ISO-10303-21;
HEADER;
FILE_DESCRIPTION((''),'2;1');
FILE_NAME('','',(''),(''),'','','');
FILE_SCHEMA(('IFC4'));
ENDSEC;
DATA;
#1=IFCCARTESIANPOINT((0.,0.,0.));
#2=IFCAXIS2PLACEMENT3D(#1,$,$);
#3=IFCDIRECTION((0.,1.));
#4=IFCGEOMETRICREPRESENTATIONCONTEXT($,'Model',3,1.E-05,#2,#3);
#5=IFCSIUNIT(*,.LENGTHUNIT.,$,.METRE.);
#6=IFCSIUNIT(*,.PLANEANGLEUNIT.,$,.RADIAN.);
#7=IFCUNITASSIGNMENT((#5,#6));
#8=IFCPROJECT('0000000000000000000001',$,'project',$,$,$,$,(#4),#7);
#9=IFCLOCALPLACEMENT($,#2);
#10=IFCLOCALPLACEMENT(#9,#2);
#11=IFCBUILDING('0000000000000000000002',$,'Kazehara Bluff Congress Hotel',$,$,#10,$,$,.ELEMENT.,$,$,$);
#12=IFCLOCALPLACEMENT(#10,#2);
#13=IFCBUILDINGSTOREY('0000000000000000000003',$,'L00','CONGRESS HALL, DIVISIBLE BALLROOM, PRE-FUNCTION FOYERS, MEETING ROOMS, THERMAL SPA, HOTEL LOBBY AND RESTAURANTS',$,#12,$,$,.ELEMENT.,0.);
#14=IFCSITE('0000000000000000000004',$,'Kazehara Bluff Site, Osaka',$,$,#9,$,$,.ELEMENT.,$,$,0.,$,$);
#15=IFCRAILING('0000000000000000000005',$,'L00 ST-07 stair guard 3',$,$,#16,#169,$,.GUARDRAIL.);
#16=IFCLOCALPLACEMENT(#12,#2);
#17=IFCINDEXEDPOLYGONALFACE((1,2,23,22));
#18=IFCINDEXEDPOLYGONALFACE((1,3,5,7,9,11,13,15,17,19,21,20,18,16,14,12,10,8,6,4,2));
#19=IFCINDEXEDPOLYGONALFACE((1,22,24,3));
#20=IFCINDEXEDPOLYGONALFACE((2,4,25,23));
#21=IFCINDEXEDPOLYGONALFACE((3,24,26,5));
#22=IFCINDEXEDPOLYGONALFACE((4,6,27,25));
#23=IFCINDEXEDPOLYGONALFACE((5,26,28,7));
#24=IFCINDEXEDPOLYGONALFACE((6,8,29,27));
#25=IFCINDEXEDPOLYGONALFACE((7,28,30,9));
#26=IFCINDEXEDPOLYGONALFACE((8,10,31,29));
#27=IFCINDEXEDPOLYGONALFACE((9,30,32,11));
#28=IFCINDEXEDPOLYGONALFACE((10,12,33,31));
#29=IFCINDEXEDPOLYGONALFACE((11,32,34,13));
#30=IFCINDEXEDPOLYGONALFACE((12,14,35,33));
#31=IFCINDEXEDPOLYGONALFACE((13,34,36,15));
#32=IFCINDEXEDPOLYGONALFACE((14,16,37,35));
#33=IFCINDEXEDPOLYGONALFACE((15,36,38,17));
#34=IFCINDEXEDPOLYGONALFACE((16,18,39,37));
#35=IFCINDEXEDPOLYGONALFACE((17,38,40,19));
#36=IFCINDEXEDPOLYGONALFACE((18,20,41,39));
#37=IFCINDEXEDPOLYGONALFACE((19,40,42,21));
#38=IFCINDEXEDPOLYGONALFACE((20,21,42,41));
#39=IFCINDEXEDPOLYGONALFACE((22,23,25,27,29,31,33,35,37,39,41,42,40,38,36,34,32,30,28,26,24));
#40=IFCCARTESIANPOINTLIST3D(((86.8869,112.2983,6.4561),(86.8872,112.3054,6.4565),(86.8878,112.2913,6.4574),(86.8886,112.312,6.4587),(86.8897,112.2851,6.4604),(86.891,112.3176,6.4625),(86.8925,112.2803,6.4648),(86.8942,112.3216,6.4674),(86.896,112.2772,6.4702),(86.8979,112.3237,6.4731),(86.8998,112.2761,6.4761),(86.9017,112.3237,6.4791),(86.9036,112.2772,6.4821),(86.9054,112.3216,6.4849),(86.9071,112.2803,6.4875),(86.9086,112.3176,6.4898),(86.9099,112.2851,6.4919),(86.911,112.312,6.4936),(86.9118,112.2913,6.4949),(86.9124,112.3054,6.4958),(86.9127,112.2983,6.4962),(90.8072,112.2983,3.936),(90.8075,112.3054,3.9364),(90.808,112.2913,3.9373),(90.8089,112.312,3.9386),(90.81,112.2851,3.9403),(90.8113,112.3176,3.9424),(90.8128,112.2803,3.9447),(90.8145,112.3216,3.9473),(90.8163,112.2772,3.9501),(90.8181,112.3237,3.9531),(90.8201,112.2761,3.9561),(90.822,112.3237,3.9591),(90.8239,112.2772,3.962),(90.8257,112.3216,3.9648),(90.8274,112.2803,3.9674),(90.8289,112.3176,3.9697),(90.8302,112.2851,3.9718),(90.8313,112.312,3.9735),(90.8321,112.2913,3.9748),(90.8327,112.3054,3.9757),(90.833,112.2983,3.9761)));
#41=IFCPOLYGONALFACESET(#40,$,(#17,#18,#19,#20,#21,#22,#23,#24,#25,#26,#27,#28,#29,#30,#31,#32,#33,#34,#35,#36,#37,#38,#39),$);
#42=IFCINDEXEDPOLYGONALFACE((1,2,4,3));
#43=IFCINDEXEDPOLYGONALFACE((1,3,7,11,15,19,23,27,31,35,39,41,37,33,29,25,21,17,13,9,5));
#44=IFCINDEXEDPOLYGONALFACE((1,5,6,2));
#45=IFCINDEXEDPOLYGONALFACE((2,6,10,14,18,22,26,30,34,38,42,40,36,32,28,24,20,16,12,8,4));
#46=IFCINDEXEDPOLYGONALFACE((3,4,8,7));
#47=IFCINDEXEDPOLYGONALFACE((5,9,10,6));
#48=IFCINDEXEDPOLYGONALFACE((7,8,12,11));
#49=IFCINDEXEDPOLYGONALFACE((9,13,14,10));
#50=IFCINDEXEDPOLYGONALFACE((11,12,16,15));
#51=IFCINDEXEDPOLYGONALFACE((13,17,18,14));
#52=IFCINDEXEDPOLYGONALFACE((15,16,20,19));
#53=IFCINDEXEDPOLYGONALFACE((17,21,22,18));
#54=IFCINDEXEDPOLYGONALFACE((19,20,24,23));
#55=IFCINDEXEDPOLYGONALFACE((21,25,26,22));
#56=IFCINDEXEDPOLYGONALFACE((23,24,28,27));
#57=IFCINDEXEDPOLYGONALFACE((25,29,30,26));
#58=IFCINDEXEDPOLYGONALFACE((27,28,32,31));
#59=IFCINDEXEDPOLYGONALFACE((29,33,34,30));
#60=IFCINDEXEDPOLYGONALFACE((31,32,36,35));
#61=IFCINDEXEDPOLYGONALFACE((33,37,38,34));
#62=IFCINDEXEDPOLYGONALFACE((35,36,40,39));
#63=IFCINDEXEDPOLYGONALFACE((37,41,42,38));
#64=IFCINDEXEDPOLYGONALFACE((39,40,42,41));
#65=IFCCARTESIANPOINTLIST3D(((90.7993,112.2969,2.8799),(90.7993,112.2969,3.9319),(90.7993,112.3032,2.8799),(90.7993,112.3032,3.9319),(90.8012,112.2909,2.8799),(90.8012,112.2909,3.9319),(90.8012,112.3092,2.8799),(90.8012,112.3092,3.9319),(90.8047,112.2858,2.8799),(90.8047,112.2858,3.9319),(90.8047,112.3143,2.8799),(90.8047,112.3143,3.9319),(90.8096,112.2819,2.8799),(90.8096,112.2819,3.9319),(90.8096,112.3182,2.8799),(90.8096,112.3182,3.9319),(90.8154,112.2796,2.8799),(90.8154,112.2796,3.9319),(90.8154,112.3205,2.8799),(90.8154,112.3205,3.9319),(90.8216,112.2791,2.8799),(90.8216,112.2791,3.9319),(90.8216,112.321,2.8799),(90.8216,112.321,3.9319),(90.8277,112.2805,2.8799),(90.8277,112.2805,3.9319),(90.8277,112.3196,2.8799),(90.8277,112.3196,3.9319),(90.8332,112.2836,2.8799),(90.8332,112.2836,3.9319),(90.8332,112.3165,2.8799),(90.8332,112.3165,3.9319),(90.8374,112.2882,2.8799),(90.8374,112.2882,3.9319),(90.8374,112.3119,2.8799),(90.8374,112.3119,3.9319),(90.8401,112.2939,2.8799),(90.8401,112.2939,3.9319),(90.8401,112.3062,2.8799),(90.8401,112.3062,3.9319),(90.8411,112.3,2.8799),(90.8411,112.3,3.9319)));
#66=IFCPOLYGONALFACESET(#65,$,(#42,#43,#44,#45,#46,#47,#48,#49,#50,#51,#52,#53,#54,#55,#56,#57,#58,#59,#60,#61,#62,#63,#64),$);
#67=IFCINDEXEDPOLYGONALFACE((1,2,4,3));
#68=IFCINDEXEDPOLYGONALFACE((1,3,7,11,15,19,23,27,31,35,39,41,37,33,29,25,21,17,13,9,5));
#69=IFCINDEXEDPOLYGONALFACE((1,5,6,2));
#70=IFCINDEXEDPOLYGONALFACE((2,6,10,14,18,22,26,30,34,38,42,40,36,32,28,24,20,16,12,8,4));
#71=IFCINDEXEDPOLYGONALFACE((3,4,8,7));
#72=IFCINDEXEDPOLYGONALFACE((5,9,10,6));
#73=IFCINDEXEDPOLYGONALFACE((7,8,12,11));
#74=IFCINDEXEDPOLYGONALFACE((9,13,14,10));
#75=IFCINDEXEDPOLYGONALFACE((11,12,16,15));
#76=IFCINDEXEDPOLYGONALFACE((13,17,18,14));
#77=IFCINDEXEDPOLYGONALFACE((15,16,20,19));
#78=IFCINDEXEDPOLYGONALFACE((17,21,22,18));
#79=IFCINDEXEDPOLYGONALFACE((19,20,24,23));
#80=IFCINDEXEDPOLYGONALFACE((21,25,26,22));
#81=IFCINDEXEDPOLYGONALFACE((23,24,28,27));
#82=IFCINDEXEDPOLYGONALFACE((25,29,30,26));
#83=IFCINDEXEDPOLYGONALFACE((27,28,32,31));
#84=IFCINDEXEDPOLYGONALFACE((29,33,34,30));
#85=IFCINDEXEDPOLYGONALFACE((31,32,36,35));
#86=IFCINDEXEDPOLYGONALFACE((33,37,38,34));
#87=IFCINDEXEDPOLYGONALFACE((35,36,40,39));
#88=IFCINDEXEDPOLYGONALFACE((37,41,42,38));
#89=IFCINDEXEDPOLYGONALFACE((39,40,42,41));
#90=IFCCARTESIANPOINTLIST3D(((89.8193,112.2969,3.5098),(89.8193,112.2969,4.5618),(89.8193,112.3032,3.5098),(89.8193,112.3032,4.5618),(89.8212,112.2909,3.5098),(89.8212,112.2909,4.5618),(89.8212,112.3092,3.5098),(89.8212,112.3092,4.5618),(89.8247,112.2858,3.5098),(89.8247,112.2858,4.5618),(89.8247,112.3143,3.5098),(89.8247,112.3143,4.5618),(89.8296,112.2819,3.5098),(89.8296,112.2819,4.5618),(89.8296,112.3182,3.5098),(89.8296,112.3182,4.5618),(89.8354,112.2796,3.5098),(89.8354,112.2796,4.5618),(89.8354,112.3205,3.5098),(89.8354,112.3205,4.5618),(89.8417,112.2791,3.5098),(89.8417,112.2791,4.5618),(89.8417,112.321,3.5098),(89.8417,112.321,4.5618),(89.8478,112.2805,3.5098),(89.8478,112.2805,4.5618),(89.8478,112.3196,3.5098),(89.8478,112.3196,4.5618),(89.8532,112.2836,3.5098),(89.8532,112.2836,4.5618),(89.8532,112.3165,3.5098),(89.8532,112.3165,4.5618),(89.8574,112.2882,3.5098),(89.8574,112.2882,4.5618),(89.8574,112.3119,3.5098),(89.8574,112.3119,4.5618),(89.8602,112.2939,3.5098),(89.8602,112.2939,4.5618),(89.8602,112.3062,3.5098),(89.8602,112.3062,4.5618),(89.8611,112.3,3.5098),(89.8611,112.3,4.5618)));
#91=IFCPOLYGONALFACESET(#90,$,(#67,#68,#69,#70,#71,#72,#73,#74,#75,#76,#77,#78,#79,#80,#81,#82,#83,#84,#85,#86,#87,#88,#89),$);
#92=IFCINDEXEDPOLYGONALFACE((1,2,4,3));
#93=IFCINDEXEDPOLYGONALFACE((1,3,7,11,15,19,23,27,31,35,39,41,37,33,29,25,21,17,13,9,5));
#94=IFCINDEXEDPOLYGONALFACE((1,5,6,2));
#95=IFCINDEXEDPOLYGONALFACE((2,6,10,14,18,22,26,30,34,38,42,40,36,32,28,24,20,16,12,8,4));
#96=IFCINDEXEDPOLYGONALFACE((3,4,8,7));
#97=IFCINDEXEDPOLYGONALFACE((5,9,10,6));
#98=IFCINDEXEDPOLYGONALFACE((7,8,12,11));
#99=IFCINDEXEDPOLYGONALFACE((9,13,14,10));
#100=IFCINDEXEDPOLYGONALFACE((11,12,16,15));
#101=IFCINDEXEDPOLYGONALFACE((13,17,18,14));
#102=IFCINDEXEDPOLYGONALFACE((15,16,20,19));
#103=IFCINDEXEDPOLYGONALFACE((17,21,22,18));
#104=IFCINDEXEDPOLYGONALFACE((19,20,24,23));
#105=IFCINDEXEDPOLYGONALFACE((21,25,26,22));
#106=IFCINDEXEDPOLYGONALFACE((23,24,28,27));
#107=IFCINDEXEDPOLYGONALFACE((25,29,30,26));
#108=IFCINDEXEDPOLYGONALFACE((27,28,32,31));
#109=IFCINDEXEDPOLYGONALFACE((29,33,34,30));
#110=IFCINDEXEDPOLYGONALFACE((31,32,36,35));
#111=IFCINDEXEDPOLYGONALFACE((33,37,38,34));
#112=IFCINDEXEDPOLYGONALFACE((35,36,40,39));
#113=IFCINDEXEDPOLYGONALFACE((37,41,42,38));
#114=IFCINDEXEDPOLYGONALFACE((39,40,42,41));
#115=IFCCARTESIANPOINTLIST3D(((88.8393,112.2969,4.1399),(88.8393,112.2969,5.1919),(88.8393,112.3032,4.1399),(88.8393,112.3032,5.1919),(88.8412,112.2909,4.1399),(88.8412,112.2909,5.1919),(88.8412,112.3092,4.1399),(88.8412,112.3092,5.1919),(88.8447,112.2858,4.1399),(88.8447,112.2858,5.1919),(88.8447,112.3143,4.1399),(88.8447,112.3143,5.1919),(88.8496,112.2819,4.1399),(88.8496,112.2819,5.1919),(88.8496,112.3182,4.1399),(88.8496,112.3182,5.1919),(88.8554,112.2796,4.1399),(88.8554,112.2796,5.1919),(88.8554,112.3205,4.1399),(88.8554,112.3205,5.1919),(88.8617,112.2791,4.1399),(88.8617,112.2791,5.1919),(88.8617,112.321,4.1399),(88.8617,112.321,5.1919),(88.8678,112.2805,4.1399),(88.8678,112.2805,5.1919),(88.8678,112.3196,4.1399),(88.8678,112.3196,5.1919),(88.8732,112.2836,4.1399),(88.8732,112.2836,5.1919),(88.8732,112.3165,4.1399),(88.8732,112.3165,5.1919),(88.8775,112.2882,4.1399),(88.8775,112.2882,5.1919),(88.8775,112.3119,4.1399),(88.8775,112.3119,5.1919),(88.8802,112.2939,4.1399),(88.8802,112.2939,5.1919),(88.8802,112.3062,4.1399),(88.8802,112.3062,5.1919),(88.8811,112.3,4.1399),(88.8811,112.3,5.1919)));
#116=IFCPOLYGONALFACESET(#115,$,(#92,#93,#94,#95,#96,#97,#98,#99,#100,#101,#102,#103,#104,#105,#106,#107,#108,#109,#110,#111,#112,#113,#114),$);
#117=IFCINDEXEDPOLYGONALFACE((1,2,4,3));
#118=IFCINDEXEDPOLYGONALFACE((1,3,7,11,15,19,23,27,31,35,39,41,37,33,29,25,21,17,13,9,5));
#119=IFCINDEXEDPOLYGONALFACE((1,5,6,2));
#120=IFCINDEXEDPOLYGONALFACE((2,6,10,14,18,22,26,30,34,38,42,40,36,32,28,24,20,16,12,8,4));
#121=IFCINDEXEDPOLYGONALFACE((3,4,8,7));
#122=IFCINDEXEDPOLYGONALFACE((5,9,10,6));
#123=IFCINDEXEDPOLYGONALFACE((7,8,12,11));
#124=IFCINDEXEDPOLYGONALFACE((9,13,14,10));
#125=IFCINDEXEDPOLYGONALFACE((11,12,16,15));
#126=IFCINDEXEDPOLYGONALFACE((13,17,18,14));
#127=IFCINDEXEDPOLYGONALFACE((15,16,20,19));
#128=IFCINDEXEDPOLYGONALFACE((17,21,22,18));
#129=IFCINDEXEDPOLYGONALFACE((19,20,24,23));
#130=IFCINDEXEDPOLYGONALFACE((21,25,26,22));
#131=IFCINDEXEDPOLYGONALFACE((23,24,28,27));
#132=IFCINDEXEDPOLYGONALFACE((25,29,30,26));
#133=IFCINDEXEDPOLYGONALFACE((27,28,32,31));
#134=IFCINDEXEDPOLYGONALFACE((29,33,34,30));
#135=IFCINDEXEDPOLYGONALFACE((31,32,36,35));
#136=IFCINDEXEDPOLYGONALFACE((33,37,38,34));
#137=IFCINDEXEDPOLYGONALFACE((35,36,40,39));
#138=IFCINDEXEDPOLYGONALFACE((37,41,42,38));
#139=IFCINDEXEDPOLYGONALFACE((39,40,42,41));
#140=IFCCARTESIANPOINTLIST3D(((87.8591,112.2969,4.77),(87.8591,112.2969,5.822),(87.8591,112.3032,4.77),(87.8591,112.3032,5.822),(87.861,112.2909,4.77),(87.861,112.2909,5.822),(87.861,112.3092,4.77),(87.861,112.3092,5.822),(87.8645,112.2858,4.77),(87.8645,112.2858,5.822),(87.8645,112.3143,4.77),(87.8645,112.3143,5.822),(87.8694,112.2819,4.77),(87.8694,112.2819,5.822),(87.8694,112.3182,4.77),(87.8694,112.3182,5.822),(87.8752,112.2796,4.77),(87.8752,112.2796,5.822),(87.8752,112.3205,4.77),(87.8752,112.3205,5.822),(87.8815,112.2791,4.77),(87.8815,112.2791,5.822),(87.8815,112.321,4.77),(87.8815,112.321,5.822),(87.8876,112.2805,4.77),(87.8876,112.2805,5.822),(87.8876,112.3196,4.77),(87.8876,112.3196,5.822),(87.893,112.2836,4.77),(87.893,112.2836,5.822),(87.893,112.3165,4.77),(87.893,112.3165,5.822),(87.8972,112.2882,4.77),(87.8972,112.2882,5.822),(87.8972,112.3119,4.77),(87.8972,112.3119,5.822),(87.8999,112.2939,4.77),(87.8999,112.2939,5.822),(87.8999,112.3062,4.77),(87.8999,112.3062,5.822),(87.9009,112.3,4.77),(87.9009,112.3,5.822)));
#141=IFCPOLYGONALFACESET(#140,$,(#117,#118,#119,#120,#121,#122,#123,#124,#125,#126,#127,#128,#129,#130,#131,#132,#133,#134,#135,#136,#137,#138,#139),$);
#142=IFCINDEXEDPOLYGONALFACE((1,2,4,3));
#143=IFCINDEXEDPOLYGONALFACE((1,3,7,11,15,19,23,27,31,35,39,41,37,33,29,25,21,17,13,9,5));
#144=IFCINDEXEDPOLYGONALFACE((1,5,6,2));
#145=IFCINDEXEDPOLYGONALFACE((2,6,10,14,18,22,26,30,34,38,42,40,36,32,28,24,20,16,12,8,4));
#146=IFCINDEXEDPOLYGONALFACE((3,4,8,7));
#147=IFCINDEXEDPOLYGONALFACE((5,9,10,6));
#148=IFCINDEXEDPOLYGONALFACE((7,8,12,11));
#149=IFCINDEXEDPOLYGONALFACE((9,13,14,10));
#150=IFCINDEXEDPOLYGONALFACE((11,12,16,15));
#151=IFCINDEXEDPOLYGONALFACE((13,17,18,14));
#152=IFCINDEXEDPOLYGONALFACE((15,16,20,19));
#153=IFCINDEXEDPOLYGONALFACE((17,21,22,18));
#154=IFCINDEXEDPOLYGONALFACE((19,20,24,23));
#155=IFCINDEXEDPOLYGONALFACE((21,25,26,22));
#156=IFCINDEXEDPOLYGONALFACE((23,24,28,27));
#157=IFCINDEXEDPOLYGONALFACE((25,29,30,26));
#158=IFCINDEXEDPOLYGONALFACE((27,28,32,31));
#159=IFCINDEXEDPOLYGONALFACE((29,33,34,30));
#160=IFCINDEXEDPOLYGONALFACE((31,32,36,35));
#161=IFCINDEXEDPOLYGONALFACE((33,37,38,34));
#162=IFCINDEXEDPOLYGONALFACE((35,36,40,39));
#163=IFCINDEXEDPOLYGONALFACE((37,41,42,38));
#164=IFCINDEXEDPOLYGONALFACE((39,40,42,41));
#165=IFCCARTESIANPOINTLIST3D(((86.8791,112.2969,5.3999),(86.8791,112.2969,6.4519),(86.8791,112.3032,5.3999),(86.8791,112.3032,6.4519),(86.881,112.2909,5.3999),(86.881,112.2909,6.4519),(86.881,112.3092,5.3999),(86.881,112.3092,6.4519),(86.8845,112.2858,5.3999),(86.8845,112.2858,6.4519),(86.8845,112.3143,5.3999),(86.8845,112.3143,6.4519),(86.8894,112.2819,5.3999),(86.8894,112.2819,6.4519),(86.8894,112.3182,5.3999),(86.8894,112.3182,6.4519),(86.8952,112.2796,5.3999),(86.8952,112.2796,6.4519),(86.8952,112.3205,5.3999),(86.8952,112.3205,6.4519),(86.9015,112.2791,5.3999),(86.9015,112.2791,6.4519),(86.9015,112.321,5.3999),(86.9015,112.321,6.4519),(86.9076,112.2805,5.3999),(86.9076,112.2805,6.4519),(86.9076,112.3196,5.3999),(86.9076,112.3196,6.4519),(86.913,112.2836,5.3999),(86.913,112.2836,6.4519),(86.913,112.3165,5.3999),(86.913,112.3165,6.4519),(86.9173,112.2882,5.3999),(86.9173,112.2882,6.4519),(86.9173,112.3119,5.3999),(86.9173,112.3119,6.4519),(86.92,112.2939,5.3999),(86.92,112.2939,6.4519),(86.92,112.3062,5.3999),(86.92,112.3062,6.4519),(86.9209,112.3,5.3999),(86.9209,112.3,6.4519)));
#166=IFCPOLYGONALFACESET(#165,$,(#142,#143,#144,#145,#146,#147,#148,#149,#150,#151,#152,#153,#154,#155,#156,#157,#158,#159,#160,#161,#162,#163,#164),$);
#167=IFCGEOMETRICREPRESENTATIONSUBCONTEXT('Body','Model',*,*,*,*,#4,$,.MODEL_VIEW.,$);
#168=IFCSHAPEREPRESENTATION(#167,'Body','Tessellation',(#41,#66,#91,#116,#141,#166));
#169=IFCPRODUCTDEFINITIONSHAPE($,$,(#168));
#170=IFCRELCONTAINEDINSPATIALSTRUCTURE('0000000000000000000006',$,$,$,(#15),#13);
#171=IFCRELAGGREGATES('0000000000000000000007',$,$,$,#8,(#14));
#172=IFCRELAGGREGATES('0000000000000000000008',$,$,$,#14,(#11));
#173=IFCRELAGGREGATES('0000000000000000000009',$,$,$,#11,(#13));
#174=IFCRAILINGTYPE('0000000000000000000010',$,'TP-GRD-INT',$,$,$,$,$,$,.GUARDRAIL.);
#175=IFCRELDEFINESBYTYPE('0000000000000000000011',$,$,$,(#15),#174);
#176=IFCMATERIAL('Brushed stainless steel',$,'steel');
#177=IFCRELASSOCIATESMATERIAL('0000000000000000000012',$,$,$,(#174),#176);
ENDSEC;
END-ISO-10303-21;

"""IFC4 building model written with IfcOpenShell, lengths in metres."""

from ifc_helpers import new_model, si_unit, direction, frame, origin, origin_2d, place, context, subcontext, project, spatial, circle, extrude, material, type_object, element, save


model = new_model("IFC4")

# Units and contexts
model_context = context("Model", 3, precision=1e-05, world=origin(), true_north=direction((0.0, 1.0)))
body_context = subcontext(model_context, "Body", "Model", "MODEL_VIEW")
ifc_project = project(units=[si_unit("LENGTHUNIT", "METRE"), si_unit("PLANEANGLEUNIT", "RADIAN")], contexts=[model_context])

# Site, building, storey
site_placement = place(None, origin())
site = spatial("IfcSite", under=ifc_project, at=site_placement, Name="Kazehara Bluff Site, Osaka", CompositionType="ELEMENT", RefElevation=0.0)
building_placement = place(site_placement, origin())
building = spatial("IfcBuilding", under=site, at=building_placement, Name="Kazehara Bluff Congress Hotel", CompositionType="ELEMENT")
storey_placement = place(building_placement, origin())
storey = spatial("IfcBuildingStorey", under=building, at=storey_placement, Name="L00", Description="CONGRESS HALL, DIVISIBLE BALLROOM, PRE-FUNCTION FOYERS, MEETING ROOMS, THERMAL SPA, HOTEL LOBBY AND RESTAURANTS", CompositionType="ELEMENT", Elevation=0.0)

# Railing
ifc_material_1 = material(Name="Brushed stainless steel", Category="steel")
railing_type_1 = type_object("IfcRailingType", Name="TP-GRD-INT", PredefinedType="GUARDRAIL", material=ifc_material_1)
railing_1_placement = place(storey_placement, frame((90.8201, 112.3, 2.8799)))
element("IfcRailing", 1, at=railing_1_placement, inside=storey, type_object=railing_type_1, Name="L00 ST-07 stair guard 3", PredefinedType="GUARDRAIL", context=body_context, shape_type="SweptSolid", body=[
    extrude(circle(Radius=0.0239, at=origin_2d()), frame((0.0, 0.0, 1.0762), z_axis=(-0.841187, 0.0, 0.540744), x_axis=(0.0, -1.0, 0.0)), (0.0, 0.0, 1.0), 4.6604),
    extrude(circle(Radius=0.021, at=origin_2d()), origin(), (0.0, 0.0, 1.0), 1.052),
    extrude(circle(Radius=0.021, at=origin_2d()), frame((-0.98, 0.0, 0.6299)), (0.0, 0.0, 1.0), 1.052),
    extrude(circle(Radius=0.021, at=origin_2d()), frame((-1.96, 0.0, 1.26)), (0.0, 0.0, 1.0), 1.052),
    extrude(circle(Radius=0.021, at=origin_2d()), frame((-2.9402, 0.0, 1.8901)), (0.0, 0.0, 1.0), 1.052),
    extrude(circle(Radius=0.021, at=origin_2d()), frame((-3.9202, 0.0, 2.52)), (0.0, 0.0, 1.0), 1.052),
])

save(model, "model.ifc")
